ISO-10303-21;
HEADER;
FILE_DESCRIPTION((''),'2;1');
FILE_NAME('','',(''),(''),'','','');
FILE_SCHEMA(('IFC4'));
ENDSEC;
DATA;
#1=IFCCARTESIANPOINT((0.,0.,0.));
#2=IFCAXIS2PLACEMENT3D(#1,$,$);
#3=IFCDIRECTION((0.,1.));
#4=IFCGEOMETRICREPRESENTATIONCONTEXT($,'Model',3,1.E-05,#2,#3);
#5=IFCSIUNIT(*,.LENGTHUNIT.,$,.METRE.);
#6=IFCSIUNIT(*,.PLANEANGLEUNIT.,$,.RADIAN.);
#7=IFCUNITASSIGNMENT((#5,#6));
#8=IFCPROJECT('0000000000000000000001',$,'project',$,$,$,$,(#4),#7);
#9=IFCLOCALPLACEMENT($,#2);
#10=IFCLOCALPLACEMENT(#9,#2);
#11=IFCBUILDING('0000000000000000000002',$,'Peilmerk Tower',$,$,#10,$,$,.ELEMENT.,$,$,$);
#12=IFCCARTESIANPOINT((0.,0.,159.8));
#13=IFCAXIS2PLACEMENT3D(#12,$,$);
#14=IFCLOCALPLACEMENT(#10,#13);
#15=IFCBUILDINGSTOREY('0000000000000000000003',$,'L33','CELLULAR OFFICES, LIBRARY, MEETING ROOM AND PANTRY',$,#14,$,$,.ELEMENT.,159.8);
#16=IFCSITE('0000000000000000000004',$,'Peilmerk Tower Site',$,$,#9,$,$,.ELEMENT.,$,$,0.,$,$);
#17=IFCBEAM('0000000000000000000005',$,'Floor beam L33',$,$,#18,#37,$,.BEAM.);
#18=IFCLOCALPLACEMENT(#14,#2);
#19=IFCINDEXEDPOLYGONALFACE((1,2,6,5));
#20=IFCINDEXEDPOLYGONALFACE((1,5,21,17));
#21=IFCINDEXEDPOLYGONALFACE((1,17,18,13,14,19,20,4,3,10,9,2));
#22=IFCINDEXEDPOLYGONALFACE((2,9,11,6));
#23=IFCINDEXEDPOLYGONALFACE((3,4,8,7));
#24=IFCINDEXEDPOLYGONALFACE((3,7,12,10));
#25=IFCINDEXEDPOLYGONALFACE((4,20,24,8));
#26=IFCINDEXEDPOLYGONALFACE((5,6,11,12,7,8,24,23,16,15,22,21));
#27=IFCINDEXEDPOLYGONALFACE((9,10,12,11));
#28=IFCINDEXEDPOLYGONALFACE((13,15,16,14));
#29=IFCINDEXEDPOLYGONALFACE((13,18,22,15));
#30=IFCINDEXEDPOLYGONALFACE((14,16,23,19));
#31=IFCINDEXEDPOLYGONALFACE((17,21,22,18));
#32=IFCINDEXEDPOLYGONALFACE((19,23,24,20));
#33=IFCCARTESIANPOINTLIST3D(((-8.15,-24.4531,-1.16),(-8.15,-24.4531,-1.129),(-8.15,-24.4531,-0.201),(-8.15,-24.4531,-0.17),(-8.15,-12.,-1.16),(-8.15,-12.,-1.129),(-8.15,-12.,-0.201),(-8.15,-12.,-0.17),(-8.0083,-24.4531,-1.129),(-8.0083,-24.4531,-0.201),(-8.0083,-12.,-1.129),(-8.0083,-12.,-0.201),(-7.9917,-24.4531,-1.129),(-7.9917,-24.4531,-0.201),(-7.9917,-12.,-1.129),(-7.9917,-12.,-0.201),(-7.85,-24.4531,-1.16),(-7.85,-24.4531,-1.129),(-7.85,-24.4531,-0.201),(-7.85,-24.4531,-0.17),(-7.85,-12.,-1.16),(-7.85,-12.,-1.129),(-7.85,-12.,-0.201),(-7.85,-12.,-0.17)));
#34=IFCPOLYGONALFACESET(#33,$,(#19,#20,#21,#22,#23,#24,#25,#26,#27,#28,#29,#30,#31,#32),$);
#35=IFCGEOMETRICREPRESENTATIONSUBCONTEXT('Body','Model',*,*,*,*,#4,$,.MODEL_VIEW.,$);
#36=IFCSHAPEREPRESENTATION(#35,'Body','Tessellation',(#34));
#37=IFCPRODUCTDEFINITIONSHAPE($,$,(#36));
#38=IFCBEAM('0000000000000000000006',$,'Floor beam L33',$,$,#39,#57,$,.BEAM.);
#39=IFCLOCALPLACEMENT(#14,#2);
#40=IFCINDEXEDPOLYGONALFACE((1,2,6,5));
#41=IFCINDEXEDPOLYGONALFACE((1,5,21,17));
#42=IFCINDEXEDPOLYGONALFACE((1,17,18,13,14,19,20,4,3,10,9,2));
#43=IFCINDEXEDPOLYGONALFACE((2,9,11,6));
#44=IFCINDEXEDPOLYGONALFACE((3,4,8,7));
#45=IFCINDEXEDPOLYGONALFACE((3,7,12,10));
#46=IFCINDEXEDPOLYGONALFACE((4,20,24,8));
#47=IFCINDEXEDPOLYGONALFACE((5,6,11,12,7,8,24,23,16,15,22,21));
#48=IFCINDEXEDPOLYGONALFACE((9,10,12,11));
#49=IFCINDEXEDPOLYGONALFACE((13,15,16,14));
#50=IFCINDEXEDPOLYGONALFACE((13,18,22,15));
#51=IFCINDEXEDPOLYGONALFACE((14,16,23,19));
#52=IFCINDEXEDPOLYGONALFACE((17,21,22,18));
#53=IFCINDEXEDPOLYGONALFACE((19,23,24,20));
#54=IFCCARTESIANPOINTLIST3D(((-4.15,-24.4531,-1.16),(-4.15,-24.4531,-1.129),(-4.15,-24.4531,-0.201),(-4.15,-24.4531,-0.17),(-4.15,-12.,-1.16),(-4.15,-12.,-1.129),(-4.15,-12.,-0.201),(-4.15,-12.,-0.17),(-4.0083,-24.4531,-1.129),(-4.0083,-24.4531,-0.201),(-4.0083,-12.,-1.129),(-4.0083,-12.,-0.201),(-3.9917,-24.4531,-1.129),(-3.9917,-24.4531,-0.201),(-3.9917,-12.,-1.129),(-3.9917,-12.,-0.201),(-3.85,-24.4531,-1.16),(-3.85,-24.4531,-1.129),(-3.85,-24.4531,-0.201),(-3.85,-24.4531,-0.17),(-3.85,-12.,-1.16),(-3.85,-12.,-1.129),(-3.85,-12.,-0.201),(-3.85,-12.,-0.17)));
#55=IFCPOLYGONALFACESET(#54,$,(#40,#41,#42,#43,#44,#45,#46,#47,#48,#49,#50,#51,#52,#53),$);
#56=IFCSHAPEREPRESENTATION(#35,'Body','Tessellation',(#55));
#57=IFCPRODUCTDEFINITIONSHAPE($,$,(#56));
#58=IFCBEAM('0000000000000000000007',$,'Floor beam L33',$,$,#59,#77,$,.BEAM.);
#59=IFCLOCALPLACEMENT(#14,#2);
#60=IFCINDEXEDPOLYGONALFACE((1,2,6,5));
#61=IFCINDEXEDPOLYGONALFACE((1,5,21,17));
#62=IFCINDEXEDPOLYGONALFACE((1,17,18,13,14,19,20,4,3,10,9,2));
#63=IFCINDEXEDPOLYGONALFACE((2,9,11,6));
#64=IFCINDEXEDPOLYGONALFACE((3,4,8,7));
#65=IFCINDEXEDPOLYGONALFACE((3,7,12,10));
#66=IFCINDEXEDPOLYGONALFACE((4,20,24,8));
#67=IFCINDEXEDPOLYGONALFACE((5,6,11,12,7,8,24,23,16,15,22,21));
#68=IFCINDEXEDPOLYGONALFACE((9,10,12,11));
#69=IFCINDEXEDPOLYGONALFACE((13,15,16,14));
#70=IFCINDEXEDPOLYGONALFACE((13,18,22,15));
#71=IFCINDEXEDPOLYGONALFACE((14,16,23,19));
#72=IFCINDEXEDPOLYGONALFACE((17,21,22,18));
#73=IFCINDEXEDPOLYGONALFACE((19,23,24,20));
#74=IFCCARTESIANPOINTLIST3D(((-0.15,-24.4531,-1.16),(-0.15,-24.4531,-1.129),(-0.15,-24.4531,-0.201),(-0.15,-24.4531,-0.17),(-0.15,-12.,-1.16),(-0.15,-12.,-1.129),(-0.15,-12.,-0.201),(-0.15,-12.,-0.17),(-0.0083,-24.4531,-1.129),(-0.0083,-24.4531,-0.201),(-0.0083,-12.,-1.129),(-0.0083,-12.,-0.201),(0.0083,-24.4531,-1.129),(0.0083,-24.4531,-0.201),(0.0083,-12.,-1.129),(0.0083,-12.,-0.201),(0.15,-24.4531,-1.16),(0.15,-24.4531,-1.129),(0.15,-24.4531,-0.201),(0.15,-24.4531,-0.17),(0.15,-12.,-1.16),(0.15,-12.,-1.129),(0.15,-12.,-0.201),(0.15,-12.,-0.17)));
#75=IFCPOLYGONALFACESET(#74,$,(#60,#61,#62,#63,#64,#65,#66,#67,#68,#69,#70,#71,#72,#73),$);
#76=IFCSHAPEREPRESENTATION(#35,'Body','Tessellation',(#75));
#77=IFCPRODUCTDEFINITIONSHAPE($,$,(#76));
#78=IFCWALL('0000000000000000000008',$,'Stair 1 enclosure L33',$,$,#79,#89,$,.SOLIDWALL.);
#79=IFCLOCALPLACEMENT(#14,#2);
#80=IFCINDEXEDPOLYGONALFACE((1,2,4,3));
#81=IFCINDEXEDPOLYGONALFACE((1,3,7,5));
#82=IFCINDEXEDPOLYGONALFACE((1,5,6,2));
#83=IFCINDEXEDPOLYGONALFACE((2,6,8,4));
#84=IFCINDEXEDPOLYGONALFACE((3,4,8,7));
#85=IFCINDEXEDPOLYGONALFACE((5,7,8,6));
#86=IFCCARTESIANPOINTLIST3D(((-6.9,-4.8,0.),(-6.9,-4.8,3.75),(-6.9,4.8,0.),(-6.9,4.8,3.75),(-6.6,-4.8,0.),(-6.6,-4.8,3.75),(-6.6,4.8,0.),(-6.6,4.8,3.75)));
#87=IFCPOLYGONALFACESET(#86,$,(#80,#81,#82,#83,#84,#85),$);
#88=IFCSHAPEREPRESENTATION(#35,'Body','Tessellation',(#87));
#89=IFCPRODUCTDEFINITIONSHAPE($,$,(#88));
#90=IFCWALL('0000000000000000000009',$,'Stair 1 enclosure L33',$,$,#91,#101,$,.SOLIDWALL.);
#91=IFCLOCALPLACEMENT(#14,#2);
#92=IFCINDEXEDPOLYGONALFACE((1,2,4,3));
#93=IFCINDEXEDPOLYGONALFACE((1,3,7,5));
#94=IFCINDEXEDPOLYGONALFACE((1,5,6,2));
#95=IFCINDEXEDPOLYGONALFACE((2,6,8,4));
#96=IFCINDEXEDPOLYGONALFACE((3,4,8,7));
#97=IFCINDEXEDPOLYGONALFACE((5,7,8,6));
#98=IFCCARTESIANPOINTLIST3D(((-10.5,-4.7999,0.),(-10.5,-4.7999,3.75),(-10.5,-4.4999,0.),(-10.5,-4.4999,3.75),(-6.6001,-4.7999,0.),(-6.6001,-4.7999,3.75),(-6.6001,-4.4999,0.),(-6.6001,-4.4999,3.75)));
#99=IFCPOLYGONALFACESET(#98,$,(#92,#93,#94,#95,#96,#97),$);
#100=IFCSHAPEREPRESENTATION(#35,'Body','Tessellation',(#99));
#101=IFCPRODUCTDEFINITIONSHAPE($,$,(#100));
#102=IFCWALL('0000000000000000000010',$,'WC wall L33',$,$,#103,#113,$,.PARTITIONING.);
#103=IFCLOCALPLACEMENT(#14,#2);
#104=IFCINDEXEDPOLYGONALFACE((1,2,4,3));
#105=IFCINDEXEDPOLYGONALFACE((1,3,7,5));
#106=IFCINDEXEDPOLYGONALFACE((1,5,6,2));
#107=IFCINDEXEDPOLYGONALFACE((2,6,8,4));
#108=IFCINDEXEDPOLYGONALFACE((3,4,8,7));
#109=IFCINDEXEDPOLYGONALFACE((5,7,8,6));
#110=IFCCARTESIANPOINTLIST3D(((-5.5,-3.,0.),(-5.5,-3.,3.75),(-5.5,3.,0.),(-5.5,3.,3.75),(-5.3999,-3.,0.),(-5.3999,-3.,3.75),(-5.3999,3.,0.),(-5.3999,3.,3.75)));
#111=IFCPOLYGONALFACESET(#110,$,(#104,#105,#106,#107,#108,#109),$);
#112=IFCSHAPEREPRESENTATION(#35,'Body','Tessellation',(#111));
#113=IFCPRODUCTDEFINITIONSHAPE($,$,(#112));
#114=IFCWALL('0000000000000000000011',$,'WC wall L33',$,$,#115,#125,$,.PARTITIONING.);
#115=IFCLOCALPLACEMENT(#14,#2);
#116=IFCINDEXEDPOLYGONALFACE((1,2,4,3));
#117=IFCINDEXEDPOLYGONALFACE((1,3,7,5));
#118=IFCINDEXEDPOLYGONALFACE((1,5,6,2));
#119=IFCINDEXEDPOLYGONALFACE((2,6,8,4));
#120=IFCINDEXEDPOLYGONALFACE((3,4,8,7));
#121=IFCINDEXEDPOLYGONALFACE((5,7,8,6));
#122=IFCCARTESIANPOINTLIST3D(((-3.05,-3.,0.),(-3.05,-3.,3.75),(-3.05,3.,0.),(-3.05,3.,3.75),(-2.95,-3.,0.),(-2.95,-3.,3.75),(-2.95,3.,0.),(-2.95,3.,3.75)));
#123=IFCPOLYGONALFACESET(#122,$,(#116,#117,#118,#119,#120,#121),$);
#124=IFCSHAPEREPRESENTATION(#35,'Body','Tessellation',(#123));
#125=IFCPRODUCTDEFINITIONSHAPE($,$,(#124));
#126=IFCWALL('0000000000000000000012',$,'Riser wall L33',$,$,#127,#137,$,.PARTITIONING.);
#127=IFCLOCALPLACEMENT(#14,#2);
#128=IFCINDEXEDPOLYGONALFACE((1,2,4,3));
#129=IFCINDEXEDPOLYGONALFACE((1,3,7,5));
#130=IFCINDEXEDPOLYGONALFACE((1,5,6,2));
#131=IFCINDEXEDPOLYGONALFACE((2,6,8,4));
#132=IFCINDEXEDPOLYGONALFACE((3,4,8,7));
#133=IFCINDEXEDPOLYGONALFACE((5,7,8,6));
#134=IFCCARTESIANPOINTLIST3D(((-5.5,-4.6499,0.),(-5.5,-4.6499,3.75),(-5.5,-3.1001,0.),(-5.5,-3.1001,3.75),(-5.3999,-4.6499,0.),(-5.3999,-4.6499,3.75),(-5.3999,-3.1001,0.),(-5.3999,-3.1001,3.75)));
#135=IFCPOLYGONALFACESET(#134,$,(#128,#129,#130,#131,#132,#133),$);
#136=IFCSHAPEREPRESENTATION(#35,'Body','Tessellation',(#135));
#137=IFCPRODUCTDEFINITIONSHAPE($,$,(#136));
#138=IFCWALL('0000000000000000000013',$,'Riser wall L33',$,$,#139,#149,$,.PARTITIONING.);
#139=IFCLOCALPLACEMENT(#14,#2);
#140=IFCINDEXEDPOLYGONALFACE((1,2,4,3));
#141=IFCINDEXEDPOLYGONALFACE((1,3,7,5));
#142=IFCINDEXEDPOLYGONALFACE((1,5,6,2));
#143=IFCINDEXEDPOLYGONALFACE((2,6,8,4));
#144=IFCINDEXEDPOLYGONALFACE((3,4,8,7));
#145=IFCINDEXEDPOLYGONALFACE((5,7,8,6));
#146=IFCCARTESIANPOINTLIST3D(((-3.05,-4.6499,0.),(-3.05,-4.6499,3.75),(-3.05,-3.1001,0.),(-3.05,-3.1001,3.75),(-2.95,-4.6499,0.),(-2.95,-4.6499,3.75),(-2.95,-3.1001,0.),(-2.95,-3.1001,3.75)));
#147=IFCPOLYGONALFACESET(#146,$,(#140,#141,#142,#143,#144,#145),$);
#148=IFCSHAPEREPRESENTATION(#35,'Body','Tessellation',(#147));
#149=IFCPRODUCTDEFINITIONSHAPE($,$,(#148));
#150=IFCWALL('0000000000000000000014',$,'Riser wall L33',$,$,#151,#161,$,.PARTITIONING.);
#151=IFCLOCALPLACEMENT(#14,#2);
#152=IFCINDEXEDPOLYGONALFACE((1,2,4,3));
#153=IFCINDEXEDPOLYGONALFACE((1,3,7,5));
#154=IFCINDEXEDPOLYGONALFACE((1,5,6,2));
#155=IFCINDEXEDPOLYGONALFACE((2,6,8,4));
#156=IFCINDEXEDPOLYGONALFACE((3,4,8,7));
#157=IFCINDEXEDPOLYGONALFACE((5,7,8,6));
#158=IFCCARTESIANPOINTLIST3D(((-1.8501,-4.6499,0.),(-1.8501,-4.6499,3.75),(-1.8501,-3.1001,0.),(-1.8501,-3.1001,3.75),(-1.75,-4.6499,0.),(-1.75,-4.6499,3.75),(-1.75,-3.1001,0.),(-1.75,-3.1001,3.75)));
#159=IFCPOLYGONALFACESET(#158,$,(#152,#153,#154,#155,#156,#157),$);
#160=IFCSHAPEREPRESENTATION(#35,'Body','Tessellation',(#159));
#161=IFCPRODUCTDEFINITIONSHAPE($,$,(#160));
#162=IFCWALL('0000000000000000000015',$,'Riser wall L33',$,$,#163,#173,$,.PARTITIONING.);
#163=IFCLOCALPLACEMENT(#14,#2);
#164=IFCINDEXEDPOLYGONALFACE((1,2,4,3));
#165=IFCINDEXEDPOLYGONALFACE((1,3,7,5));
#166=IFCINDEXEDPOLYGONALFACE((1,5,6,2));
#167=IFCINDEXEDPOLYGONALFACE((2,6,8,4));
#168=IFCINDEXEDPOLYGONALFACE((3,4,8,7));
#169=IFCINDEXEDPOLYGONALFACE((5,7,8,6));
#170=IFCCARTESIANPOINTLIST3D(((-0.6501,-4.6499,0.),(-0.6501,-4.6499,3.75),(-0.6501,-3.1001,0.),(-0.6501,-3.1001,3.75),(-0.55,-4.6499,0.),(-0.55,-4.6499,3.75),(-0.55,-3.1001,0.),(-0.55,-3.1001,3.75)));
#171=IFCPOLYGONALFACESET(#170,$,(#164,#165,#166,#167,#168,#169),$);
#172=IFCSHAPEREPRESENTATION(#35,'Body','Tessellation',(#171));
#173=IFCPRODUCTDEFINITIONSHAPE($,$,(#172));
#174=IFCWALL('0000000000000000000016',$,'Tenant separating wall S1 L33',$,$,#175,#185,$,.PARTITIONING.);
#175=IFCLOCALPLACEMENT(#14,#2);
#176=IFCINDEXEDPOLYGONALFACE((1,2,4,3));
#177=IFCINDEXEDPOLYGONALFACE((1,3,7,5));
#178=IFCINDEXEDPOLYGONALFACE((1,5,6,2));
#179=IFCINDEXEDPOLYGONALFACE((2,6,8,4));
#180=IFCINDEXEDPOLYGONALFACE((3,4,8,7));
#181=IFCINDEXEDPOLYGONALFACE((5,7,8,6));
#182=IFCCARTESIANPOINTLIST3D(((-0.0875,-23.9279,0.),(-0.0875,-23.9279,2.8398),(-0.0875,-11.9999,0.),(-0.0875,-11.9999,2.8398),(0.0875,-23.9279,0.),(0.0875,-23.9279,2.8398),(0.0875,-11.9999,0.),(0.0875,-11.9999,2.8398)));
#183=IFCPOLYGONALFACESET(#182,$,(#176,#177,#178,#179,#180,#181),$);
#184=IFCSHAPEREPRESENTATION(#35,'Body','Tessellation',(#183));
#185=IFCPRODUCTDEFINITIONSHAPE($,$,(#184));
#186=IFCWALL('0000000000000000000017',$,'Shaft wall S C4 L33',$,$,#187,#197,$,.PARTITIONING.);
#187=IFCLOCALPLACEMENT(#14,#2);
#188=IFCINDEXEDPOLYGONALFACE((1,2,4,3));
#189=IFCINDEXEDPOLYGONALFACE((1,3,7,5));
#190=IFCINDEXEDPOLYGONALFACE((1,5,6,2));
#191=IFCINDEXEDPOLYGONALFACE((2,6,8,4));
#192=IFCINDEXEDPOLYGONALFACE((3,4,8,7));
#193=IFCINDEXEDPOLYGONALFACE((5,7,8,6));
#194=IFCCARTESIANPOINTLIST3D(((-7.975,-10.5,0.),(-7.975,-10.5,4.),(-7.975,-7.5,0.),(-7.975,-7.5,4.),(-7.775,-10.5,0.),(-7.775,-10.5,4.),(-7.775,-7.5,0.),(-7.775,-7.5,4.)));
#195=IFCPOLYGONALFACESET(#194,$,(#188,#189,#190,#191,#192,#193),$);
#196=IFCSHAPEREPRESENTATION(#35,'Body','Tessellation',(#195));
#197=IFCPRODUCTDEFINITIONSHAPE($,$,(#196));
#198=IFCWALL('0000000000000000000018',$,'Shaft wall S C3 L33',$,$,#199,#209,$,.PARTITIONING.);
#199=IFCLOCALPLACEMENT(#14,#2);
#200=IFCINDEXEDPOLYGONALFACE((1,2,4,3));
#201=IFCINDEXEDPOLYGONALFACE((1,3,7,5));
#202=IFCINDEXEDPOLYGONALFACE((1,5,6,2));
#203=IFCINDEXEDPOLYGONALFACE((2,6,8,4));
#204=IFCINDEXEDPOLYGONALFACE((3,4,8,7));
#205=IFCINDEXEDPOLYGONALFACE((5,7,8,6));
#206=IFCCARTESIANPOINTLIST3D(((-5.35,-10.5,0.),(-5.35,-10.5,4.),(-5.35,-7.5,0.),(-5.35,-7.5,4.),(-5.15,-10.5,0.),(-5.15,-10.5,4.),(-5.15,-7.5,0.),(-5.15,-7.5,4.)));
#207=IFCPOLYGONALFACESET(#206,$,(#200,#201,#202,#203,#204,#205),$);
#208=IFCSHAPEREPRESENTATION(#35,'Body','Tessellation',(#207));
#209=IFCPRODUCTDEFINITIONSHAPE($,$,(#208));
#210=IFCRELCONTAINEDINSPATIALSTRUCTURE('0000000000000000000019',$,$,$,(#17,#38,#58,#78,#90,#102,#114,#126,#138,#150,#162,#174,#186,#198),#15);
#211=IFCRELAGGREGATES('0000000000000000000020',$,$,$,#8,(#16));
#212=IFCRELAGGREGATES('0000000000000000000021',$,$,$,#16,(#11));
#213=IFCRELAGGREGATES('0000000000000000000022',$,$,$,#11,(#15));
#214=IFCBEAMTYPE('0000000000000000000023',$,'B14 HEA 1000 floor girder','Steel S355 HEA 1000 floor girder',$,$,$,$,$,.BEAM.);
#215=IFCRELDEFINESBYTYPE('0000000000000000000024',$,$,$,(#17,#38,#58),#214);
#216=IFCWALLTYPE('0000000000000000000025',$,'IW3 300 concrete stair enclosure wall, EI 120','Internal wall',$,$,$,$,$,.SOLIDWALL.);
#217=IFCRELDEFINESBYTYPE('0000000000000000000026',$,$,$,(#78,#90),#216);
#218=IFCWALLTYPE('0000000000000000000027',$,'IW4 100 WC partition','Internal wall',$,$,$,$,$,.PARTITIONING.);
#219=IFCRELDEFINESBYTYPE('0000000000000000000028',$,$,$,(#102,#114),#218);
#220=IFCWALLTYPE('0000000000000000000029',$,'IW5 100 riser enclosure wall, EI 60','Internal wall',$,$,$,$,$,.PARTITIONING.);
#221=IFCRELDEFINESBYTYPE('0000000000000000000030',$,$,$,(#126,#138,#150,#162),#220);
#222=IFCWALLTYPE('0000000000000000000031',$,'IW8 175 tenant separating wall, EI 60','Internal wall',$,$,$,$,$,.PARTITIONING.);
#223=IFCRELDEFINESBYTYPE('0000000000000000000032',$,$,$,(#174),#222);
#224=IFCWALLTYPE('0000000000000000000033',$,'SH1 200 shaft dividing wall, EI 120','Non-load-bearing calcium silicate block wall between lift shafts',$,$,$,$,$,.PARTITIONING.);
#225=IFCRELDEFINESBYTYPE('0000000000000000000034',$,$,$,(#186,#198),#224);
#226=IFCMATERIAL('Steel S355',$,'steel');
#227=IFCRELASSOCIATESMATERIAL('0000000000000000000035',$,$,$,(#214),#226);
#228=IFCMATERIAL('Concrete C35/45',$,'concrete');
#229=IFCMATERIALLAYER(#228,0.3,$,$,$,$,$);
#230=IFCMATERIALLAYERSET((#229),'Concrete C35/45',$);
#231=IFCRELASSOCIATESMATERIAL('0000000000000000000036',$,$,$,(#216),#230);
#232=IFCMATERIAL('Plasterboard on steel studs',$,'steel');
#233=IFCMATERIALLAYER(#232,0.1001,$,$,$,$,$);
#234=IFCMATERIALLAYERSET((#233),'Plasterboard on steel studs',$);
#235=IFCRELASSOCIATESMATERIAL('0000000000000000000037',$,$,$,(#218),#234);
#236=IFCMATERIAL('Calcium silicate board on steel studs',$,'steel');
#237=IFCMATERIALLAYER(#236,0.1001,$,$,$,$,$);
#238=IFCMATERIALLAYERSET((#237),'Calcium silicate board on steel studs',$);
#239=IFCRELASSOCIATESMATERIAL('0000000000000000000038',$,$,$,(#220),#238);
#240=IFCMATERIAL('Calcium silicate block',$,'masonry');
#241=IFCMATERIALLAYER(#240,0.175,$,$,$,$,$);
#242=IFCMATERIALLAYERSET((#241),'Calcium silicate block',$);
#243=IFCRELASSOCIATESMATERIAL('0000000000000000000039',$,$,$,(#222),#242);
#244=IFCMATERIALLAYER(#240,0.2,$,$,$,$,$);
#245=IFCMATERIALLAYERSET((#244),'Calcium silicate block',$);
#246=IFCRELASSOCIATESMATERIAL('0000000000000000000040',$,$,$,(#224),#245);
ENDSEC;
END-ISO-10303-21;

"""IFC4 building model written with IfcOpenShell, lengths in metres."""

from ifc_helpers import new_model, si_unit, direction, frame, frame_2d, origin, origin_2d, place, context, subcontext, project, spatial, rectangle, i_section, extrude, material, layer, layer_set, material_profile, profile_set, type_object, element, save


model = new_model("IFC4")

# Units and contexts
model_context = context("Model", 3, precision=1e-05, world=origin(), true_north=direction((0.0, 1.0)))
body_context = subcontext(model_context, "Body", "Model", "MODEL_VIEW")
ifc_project = project(units=[si_unit("LENGTHUNIT", "METRE"), si_unit("PLANEANGLEUNIT", "RADIAN")], contexts=[model_context])

# Site, building, storey
site_placement = place(None, origin())
site = spatial("IfcSite", under=ifc_project, at=site_placement, Name="Peilmerk Tower Site", CompositionType="ELEMENT", RefElevation=0.0)
building_placement = place(site_placement, origin())
building = spatial("IfcBuilding", under=site, at=building_placement, Name="Peilmerk Tower", CompositionType="ELEMENT")
storey_placement = place(building_placement, frame((0.0, 0.0, 159.8)))
storey = spatial("IfcBuildingStorey", under=building, at=storey_placement, Name="L33", Description="CELLULAR OFFICES, LIBRARY, MEETING ROOM AND PANTRY", CompositionType="ELEMENT", Elevation=159.8)

# Beams
ifc_material_1 = material(Name="Steel S355", Category="steel")
ifc_material_profile = material_profile(ifc_material_1, i_section(OverallWidth=0.3, OverallDepth=0.99, WebThickness=0.0166, FlangeThickness=0.031, at=origin_2d()), Name="HEA 1000")
ifc_profile_set = profile_set([ifc_material_profile], Name="Steel S355")
beam_type = type_object("IfcBeamType", Name="B14 HEA 1000 floor girder", Description="Steel S355 HEA 1000 floor girder", PredefinedType="BEAM", material=ifc_profile_set)
for number, where, z_axis, x_axis, name in (
    (1, (-8.0, -12.0, -0.665), (0.0, -1.0, 0.0), (1.0, 0.0, 0.0), "Floor beam L33"),
    (2, (-4.0, -12.0, -0.665), (0.0, -1.0, 0.0), (1.0, 0.0, 0.0), "Floor beam L33"),
    (3, (0.0, -12.0, -0.665), (0.0, -1.0, 0.0), (1.0, 0.0, 0.0), "Floor beam L33"),
):
    element("IfcBeam", number, at=place(storey_placement, frame(where, z_axis=z_axis, x_axis=x_axis)), inside=storey, type_object=beam_type, Name=name, PredefinedType="BEAM", context=body_context, shape_type="SweptSolid", body=[
        extrude(i_section(OverallWidth=0.3, OverallDepth=0.99, WebThickness=0.0166, FlangeThickness=0.031, at=origin_2d()), origin(), (0.0, 0.0, 1.0), 12.4531),
    ])

# Walls
ifc_material_2 = material(Name="Concrete C35/45", Category="concrete")
ifc_layer_1 = layer(ifc_material_2, 0.3)
ifc_layer_set_1 = layer_set([ifc_layer_1], Name="Concrete C35/45")
wall_type_1 = type_object("IfcWallType", Name="IW3 300 concrete stair enclosure wall, EI 120", Description="Internal wall", PredefinedType="SOLIDWALL", material=ifc_layer_set_1)
wall_1_placement = place(storey_placement, frame((-6.75, -4.8, 0.0), z_axis=(0.0, 0.0, 1.0), x_axis=(0.0, 1.0, 0.0)))
element("IfcWall", 4, at=wall_1_placement, inside=storey, type_object=wall_type_1, Name="Stair 1 enclosure L33", PredefinedType="SOLIDWALL", context=body_context, shape_type="SweptSolid", body=[
    extrude(rectangle(XDim=9.6001, YDim=0.3, at=frame_2d((4.8, 0.0))), origin(), (0.0, 0.0, 1.0), 3.75),
])
wall_2_placement = place(storey_placement, frame((-6.6001, -4.6499, 0.0), z_axis=(0.0, 0.0, 1.0), x_axis=(-1.0, 0.0, 0.0)))
element("IfcWall", 5, at=wall_2_placement, inside=storey, type_object=wall_type_1, Name="Stair 1 enclosure L33", PredefinedType="SOLIDWALL", context=body_context, shape_type="SweptSolid", body=[
    extrude(rectangle(XDim=3.8999, YDim=0.3, at=frame_2d((1.95, 0.0))), origin(), (0.0, 0.0, 1.0), 3.75),
])
ifc_material_3 = material(Name="Plasterboard on steel studs", Category="steel")
ifc_layer_2 = layer(ifc_material_3, 0.1001)
ifc_layer_set_2 = layer_set([ifc_layer_2], Name="Plasterboard on steel studs")
wall_type_2 = type_object("IfcWallType", Name="IW4 100 WC partition", Description="Internal wall", PredefinedType="PARTITIONING", material=ifc_layer_set_2)
for number, where, z_axis, x_axis, name in (
    (6, (-5.45, -3.0, 0.0), (0.0, 0.0, 1.0), (0.0, 1.0, 0.0), "WC wall L33"),
    (7, (-3.0, -3.0, 0.0), (0.0, 0.0, 1.0), (0.0, 1.0, 0.0), "WC wall L33"),
):
    element("IfcWall", number, at=place(storey_placement, frame(where, z_axis=z_axis, x_axis=x_axis)), inside=storey, type_object=wall_type_2, Name=name, PredefinedType="PARTITIONING", context=body_context, shape_type="SweptSolid", body=[
        extrude(rectangle(XDim=6.0, YDim=0.1001, at=frame_2d((3.0, 0.0))), origin(), (0.0, 0.0, 1.0), 3.75),
    ])
ifc_material_4 = material(Name="Calcium silicate board on steel studs", Category="steel")
ifc_layer_3 = layer(ifc_material_4, 0.1001)
ifc_layer_set_3 = layer_set([ifc_layer_3], Name="Calcium silicate board on steel studs")
wall_type_3 = type_object("IfcWallType", Name="IW5 100 riser enclosure wall, EI 60", Description="Internal wall", PredefinedType="PARTITIONING", material=ifc_layer_set_3)
for number, where, z_axis, x_axis, name in (
    (8, (-5.45, -3.1001, 0.0), (0.0, 0.0, 1.0), (0.0, -1.0, 0.0), "Riser wall L33"),
    (9, (-3.0, -3.1001, 0.0), (0.0, 0.0, 1.0), (0.0, -1.0, 0.0), "Riser wall L33"),
    (10, (-1.8, -3.1001, 0.0), (0.0, 0.0, 1.0), (0.0, -1.0, 0.0), "Riser wall L33"),
    (11, (-0.6001, -3.1001, 0.0), (0.0, 0.0, 1.0), (0.0, -1.0, 0.0), "Riser wall L33"),
):
    element("IfcWall", number, at=place(storey_placement, frame(where, z_axis=z_axis, x_axis=x_axis)), inside=storey, type_object=wall_type_3, Name=name, PredefinedType="PARTITIONING", context=body_context, shape_type="SweptSolid", body=[
        extrude(rectangle(XDim=1.5498, YDim=0.1001, at=frame_2d((0.7749, 0.0))), origin(), (0.0, 0.0, 1.0), 3.75),
    ])
ifc_material_5 = material(Name="Calcium silicate block", Category="masonry")
ifc_layer_4 = layer(ifc_material_5, 0.175)
ifc_layer_set_4 = layer_set([ifc_layer_4], Name="Calcium silicate block")
wall_type_4 = type_object("IfcWallType", Name="IW8 175 tenant separating wall, EI 60", Description="Internal wall", PredefinedType="PARTITIONING", material=ifc_layer_set_4)
wall_3_placement = place(storey_placement, frame((0.0, -12.0, 0.0), z_axis=(0.0, 0.0, 1.0), x_axis=(0.0, -1.0, 0.0)))
element("IfcWall", 12, at=wall_3_placement, inside=storey, type_object=wall_type_4, Name="Tenant separating wall S1 L33", PredefinedType="PARTITIONING", context=body_context, shape_type="SweptSolid", body=[
    extrude(rectangle(XDim=11.928, YDim=0.175, at=frame_2d((5.9639, 0.0))), origin(), (0.0, 0.0, 1.0), 2.8398),
])
ifc_layer_5 = layer(ifc_material_5, 0.2)
ifc_layer_set_5 = layer_set([ifc_layer_5], Name="Calcium silicate block")
wall_type_5 = type_object("IfcWallType", Name="SH1 200 shaft dividing wall, EI 120", Description="Non-load-bearing calcium silicate block wall between lift shafts", PredefinedType="PARTITIONING", material=ifc_layer_set_5)
for number, where, z_axis, x_axis, name in (
    (13, (-7.875, -10.5, 0.0), (0.0, 0.0, 1.0), (0.0, 1.0, 0.0), "Shaft wall S C4 L33"),
    (14, (-5.25, -10.5, 0.0), (0.0, 0.0, 1.0), (0.0, 1.0, 0.0), "Shaft wall S C3 L33"),
):
    element("IfcWall", number, at=place(storey_placement, frame(where, z_axis=z_axis, x_axis=x_axis)), inside=storey, type_object=wall_type_5, Name=name, PredefinedType="PARTITIONING", context=body_context, shape_type="SweptSolid", body=[
        extrude(rectangle(XDim=3.0, YDim=0.2, at=frame_2d((1.5, 0.0))), origin(), (0.0, 0.0, 1.0), 4.0),
    ])

save(model, "model.ifc")
